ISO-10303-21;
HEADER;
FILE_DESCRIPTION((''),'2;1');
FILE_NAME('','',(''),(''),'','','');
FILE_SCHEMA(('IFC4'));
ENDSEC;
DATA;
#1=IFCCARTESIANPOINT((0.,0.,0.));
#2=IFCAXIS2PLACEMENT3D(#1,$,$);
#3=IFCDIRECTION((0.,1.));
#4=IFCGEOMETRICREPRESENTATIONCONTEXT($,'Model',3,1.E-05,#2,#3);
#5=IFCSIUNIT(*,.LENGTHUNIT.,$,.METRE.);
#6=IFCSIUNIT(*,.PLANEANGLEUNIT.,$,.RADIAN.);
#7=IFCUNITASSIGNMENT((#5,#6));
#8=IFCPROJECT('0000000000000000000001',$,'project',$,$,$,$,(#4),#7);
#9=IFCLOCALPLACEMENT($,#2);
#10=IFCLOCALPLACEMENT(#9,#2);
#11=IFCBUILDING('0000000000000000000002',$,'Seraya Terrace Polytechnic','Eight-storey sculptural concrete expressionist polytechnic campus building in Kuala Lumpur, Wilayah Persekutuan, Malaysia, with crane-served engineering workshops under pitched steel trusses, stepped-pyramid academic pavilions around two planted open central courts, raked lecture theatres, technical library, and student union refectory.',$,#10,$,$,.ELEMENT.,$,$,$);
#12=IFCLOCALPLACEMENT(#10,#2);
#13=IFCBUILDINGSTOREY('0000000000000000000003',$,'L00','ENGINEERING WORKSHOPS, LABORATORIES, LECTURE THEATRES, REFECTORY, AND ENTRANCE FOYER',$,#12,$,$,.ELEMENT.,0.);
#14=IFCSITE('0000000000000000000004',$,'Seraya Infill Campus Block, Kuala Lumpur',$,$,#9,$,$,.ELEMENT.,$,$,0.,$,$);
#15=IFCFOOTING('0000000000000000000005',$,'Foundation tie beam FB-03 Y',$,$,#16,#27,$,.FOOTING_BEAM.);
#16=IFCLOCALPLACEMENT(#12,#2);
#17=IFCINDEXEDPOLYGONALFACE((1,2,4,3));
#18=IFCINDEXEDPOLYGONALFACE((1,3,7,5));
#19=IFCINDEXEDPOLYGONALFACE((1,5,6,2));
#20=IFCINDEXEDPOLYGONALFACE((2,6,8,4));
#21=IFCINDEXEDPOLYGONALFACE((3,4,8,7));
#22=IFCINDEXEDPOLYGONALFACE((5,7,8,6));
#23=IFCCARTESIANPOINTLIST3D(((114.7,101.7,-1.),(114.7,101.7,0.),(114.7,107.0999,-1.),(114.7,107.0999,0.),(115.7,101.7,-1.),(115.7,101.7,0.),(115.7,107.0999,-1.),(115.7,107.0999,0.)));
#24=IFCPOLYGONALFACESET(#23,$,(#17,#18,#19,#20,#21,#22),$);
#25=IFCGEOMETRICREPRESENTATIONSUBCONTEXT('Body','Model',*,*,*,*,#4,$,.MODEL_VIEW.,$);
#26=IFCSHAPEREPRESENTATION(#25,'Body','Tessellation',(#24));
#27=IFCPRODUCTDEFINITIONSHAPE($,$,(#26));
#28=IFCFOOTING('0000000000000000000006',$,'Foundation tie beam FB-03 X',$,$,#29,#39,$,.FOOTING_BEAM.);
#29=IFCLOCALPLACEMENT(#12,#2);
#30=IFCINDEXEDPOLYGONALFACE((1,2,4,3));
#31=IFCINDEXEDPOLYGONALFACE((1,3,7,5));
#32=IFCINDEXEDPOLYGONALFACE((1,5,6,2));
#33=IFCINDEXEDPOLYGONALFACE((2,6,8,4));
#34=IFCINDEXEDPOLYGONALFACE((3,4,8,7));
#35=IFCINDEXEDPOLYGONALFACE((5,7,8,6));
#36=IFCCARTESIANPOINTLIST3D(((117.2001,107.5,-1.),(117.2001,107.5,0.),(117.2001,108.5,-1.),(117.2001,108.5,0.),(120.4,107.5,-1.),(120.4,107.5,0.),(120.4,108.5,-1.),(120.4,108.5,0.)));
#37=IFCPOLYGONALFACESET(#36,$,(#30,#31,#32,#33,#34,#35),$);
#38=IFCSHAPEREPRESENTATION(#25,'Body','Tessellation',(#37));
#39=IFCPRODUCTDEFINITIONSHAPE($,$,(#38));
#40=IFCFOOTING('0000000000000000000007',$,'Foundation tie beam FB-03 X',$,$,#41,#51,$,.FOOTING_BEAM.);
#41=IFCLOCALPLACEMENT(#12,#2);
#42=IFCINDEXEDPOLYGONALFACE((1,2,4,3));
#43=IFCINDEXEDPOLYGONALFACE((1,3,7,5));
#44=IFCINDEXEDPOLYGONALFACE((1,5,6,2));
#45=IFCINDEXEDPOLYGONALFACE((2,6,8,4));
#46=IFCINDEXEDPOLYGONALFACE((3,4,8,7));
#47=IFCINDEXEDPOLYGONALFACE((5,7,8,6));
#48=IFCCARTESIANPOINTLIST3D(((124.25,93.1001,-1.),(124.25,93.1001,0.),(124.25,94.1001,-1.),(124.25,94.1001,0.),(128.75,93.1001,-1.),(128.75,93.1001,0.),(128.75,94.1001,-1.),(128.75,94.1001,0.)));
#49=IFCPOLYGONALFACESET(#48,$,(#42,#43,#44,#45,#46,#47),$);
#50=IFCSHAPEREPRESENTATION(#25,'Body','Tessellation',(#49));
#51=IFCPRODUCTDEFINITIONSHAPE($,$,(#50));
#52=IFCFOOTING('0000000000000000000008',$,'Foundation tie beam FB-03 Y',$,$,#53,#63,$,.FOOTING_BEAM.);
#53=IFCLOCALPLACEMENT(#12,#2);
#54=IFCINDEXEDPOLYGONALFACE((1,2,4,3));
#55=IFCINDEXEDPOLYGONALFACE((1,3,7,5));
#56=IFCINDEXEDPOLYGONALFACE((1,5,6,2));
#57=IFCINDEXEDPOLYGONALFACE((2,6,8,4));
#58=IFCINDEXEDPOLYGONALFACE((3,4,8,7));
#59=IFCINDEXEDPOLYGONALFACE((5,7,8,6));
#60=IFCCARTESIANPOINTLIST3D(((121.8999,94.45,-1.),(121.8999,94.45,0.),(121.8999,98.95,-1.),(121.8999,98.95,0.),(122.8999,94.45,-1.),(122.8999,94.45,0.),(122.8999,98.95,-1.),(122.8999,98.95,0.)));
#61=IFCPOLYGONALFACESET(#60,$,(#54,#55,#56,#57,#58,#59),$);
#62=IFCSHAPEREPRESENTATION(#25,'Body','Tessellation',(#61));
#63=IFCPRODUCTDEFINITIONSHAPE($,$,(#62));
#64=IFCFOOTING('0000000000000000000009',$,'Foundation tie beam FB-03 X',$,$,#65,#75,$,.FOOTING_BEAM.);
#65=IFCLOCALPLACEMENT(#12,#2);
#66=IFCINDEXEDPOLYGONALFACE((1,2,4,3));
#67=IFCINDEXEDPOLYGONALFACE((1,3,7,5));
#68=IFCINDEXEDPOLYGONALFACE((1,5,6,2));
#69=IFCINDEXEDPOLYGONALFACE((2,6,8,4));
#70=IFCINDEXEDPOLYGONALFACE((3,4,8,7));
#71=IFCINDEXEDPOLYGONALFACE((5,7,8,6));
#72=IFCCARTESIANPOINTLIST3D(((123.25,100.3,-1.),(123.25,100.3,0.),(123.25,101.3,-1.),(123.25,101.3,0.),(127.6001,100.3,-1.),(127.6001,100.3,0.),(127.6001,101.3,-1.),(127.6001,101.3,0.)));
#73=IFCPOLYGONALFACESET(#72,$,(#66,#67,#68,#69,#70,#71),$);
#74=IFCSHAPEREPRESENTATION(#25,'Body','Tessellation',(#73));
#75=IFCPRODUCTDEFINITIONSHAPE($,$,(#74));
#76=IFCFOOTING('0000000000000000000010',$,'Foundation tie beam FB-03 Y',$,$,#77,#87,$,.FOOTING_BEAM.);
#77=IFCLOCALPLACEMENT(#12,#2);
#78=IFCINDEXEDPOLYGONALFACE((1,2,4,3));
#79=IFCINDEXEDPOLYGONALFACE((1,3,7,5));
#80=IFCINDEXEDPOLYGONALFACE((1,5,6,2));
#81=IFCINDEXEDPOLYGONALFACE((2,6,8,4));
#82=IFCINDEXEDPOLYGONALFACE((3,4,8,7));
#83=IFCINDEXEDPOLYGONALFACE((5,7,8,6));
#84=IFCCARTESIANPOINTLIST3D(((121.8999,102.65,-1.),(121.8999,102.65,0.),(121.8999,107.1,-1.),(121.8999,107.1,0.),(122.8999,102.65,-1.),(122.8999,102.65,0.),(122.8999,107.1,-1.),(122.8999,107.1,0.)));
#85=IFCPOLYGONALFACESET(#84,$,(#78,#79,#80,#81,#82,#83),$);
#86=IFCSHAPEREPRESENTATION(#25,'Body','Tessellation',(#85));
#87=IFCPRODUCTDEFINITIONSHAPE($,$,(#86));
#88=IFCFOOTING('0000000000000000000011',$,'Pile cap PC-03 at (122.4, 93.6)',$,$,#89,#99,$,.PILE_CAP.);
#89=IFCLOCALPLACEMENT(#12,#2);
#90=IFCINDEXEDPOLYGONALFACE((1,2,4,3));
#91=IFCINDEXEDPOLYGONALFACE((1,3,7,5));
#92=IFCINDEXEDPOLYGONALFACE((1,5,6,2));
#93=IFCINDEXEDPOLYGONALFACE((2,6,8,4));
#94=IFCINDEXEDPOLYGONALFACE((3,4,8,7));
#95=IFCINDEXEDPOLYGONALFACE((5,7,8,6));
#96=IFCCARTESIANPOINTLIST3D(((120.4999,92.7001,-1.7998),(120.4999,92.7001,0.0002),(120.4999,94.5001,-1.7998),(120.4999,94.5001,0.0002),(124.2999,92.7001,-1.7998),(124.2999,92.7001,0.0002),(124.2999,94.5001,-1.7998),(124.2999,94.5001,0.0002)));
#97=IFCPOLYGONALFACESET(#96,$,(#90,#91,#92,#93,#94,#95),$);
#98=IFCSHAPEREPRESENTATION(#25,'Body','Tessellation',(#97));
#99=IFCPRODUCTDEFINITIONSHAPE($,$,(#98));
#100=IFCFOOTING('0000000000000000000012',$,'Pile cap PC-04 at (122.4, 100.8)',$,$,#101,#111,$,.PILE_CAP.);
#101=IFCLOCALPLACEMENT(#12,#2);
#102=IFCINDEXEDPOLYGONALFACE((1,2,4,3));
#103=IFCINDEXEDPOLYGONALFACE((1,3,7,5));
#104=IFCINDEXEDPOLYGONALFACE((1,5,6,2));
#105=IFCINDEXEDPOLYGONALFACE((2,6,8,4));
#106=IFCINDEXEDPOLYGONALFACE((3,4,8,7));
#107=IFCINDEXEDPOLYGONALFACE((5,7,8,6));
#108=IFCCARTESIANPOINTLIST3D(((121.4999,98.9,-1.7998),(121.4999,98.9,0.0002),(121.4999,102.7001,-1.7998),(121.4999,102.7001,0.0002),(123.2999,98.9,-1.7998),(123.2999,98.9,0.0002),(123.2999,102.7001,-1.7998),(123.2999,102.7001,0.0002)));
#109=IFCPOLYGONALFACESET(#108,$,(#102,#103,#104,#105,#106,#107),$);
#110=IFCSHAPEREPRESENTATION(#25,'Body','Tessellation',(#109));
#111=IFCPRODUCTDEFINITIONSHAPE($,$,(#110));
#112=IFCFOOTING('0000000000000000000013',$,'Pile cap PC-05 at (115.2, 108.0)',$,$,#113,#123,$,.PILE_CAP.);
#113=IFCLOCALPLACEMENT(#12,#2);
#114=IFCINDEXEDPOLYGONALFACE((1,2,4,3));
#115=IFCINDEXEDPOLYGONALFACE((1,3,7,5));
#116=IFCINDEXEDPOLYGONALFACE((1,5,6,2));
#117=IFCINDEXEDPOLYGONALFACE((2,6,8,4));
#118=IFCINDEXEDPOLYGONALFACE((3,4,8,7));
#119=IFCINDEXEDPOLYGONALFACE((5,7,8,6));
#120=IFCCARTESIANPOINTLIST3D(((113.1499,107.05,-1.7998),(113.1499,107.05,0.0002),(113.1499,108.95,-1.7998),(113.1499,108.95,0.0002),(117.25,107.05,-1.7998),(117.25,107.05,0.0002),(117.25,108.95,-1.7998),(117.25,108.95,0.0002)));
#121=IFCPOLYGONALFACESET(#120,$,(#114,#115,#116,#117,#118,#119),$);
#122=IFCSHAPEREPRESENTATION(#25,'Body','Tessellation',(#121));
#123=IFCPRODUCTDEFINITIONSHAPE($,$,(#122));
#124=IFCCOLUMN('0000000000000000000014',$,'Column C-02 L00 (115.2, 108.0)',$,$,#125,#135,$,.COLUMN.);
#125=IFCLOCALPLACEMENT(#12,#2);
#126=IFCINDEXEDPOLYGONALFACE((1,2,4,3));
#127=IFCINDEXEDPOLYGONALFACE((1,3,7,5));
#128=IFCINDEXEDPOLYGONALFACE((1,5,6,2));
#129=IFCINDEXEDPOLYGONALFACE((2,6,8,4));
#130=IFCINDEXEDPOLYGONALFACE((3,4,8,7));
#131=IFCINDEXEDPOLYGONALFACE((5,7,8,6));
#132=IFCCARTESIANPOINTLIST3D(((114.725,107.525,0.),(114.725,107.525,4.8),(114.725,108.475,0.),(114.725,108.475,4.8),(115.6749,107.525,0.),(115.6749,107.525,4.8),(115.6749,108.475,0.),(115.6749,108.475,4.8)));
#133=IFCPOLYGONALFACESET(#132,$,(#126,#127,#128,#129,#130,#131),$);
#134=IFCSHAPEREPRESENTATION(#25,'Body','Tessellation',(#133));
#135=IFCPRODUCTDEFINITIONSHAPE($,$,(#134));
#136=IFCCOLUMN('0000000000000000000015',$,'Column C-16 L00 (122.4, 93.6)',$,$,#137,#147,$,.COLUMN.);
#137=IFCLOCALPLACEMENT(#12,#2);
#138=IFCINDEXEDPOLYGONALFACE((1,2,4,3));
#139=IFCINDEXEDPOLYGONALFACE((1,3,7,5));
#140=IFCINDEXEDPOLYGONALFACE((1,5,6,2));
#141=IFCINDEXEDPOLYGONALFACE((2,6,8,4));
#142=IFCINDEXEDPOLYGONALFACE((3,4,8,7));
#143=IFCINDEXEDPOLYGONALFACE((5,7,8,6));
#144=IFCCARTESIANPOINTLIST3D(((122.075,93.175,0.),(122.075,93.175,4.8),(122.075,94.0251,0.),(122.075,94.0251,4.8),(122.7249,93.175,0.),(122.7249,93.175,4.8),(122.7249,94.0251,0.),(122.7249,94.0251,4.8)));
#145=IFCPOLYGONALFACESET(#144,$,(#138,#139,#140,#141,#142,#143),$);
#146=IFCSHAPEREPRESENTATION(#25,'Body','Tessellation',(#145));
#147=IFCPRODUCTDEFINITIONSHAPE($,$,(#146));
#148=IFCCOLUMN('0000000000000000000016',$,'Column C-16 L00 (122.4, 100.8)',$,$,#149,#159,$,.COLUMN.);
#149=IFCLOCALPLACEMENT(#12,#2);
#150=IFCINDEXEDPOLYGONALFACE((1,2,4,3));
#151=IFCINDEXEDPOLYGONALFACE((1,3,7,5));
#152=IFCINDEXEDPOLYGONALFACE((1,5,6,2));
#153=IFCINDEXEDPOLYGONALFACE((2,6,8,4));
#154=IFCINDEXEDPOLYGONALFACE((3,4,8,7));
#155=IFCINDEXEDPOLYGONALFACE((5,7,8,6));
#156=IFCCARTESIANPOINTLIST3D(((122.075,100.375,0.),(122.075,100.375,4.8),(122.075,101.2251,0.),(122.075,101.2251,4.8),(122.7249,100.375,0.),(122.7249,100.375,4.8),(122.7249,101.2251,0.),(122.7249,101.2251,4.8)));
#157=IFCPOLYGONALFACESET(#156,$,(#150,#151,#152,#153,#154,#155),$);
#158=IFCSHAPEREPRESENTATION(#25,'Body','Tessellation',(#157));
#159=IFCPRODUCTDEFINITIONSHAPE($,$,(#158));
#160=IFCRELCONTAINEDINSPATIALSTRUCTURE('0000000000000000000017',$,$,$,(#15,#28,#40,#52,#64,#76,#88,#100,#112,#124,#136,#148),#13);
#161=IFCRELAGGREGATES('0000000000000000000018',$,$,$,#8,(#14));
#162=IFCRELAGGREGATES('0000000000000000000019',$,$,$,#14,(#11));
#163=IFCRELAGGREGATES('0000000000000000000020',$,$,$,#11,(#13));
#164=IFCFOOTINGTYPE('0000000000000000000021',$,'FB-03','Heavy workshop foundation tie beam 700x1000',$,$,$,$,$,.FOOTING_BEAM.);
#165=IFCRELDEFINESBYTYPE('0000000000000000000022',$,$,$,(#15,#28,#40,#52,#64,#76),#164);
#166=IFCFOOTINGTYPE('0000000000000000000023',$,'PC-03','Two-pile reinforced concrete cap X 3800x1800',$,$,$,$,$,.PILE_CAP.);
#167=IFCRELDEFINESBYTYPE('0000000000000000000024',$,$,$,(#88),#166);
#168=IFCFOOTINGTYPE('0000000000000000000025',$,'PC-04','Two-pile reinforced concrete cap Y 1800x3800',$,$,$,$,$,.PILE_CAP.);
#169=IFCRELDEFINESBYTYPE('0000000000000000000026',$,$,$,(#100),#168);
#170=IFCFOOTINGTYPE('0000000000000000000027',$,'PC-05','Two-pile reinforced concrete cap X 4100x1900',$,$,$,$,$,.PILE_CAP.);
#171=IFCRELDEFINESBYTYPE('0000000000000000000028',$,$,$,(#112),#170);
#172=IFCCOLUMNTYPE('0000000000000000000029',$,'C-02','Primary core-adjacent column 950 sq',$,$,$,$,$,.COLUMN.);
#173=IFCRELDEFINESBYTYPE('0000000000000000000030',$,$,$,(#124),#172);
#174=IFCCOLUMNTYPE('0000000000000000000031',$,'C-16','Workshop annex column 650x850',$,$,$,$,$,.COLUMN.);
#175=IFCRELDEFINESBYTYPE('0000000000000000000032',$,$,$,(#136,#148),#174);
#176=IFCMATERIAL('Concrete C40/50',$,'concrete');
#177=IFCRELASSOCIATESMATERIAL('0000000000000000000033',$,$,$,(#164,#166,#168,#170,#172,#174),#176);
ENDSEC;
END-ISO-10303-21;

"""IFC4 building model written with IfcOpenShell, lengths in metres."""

from ifc_helpers import new_model, si_unit, direction, frame, origin, origin_2d, place, context, subcontext, project, spatial, rectangle, extrude, material, material_profile, profile_set, type_object, element, save


model = new_model("IFC4")

# Units and contexts
model_context = context("Model", 3, precision=1e-05, world=origin(), true_north=direction((0.0, 1.0)))
body_context = subcontext(model_context, "Body", "Model", "MODEL_VIEW")
ifc_project = project(units=[si_unit("LENGTHUNIT", "METRE"), si_unit("PLANEANGLEUNIT", "RADIAN")], contexts=[model_context])

# Site, building, storey
site_placement = place(None, origin())
site = spatial("IfcSite", under=ifc_project, at=site_placement, Name="Seraya Infill Campus Block, Kuala Lumpur", CompositionType="ELEMENT", RefElevation=0.0)
building_placement = place(site_placement, origin())
building = spatial("IfcBuilding", under=site, at=building_placement, Name="Seraya Terrace Polytechnic", Description="Eight-storey sculptural concrete expressionist polytechnic campus building in Kuala Lumpur, Wilayah Persekutuan, Malaysia, with crane-served engineering workshops under pitched steel trusses, stepped-pyramid academic pavilions around two planted open central courts, raked lecture theatres, technical library, and student union refectory.", CompositionType="ELEMENT")
storey_placement = place(building_placement, origin())
storey = spatial("IfcBuildingStorey", under=building, at=storey_placement, Name="L00", Description="ENGINEERING WORKSHOPS, LABORATORIES, LECTURE THEATRES, REFECTORY, AND ENTRANCE FOYER", CompositionType="ELEMENT", Elevation=0.0)

# Shared definitions
ifc_material = material(Name="Concrete C40/50", Category="concrete")

# Footings
footing_type_1 = type_object("IfcFootingType", Name="FB-03", Description="Heavy workshop foundation tie beam 700x1000", PredefinedType="FOOTING_BEAM", material=ifc_material)
footing_1_placement = place(storey_placement, frame((115.2, 104.3999, -1.0), z_axis=(0.0, 0.0, 1.0), x_axis=(0.0, 1.0, 0.0)))
element("IfcFooting", 1, at=footing_1_placement, inside=storey, type_object=footing_type_1, Name="Foundation tie beam FB-03 Y", PredefinedType="FOOTING_BEAM", context=body_context, shape_type="SweptSolid", body=[
    extrude(rectangle(XDim=5.3999, YDim=1.0, at=origin_2d()), origin(), (0.0, 0.0, 1.0), 1.0),
])
footing_2_placement = place(storey_placement, frame((118.8, 108.0, -1.0), z_axis=(0.0, 0.0, 1.0), x_axis=(1.0, 0.0, 0.0)))
element("IfcFooting", 2, at=footing_2_placement, inside=storey, type_object=footing_type_1, Name="Foundation tie beam FB-03 X", PredefinedType="FOOTING_BEAM", context=body_context, shape_type="SweptSolid", body=[
    extrude(rectangle(XDim=3.2, YDim=1.0, at=origin_2d()), origin(), (0.0, 0.0, 1.0), 1.0),
])
for number, where, z_axis, x_axis, name in (
    (3, (126.5, 93.6001, -1.0), (0.0, 0.0, 1.0), (1.0, 0.0, 0.0), "Foundation tie beam FB-03 X"),
    (4, (122.3999, 96.7, -1.0), (0.0, 0.0, 1.0), (0.0, 1.0, 0.0), "Foundation tie beam FB-03 Y"),
):
    element("IfcFooting", number, at=place(storey_placement, frame(where, z_axis=z_axis, x_axis=x_axis)), inside=storey, type_object=footing_type_1, Name=name, PredefinedType="FOOTING_BEAM", context=body_context, shape_type="SweptSolid", body=[
        extrude(rectangle(XDim=4.5, YDim=1.0, at=origin_2d()), origin(), (0.0, 0.0, 1.0), 1.0),
    ])
footing_3_placement = place(storey_placement, frame((125.425, 100.8, -1.0), z_axis=(0.0, 0.0, 1.0), x_axis=(1.0, 0.0, 0.0)))
element("IfcFooting", 5, at=footing_3_placement, inside=storey, type_object=footing_type_1, Name="Foundation tie beam FB-03 X", PredefinedType="FOOTING_BEAM", context=body_context, shape_type="SweptSolid", body=[
    extrude(rectangle(XDim=4.3501, YDim=1.0, at=origin_2d()), origin(), (0.0, 0.0, 1.0), 1.0),
])
footing_4_placement = place(storey_placement, frame((122.3999, 104.875, -1.0), z_axis=(0.0, 0.0, 1.0), x_axis=(0.0, 1.0, 0.0)))
element("IfcFooting", 6, at=footing_4_placement, inside=storey, type_object=footing_type_1, Name="Foundation tie beam FB-03 Y", PredefinedType="FOOTING_BEAM", context=body_context, shape_type="SweptSolid", body=[
    extrude(rectangle(XDim=4.45, YDim=1.0, at=origin_2d()), origin(), (0.0, 0.0, 1.0), 1.0),
])
footing_type_2 = type_object("IfcFootingType", Name="PC-03", Description="Two-pile reinforced concrete cap X 3800x1800", PredefinedType="PILE_CAP", material=ifc_material)
footing_5_placement = place(storey_placement, frame((122.3999, 93.6001, -1.7998), z_axis=(0.0, 0.0, 1.0), x_axis=(1.0, 0.0, 0.0)))
element("IfcFooting", 7, at=footing_5_placement, inside=storey, type_object=footing_type_2, Name="Pile cap PC-03 at (122.4, 93.6)", PredefinedType="PILE_CAP", context=body_context, shape_type="SweptSolid", body=[
    extrude(rectangle(XDim=3.8, YDim=1.8, at=origin_2d()), origin(), (0.0, 0.0, 1.0), 1.8),
])
footing_type_3 = type_object("IfcFootingType", Name="PC-04", Description="Two-pile reinforced concrete cap Y 1800x3800", PredefinedType="PILE_CAP", material=ifc_material)
footing_6_placement = place(storey_placement, frame((122.3999, 100.8, -1.7998), z_axis=(0.0, 0.0, 1.0), x_axis=(1.0, 0.0, 0.0)))
element("IfcFooting", 8, at=footing_6_placement, inside=storey, type_object=footing_type_3, Name="Pile cap PC-04 at (122.4, 100.8)", PredefinedType="PILE_CAP", context=body_context, shape_type="SweptSolid", body=[
    extrude(rectangle(XDim=1.8, YDim=3.8, at=origin_2d()), origin(), (0.0, 0.0, 1.0), 1.8),
])
footing_type_4 = type_object("IfcFootingType", Name="PC-05", Description="Two-pile reinforced concrete cap X 4100x1900", PredefinedType="PILE_CAP", material=ifc_material)
footing_7_placement = place(storey_placement, frame((115.2, 108.0, -1.7998), z_axis=(0.0, 0.0, 1.0), x_axis=(1.0, 0.0, 0.0)))
element("IfcFooting", 9, at=footing_7_placement, inside=storey, type_object=footing_type_4, Name="Pile cap PC-05 at (115.2, 108.0)", PredefinedType="PILE_CAP", context=body_context, shape_type="SweptSolid", body=[
    extrude(rectangle(XDim=4.1001, YDim=1.8999, at=origin_2d()), origin(), (0.0, 0.0, 1.0), 1.8),
])

# Columns
ifc_material_profile_1 = material_profile(ifc_material, rectangle(XDim=0.95, YDim=0.95, at=origin_2d()), Name="RC 950x950")
ifc_profile_set_1 = profile_set([ifc_material_profile_1], Name="Concrete C40/50")
column_type_1 = type_object("IfcColumnType", Name="C-02", Description="Primary core-adjacent column 950 sq", PredefinedType="COLUMN", material=ifc_profile_set_1)
column_placement = place(storey_placement, frame((115.2, 108.0, 0.0), z_axis=(0.0, 0.0, 1.0), x_axis=(1.0, 0.0, 0.0)))
element("IfcColumn", 10, at=column_placement, inside=storey, type_object=column_type_1, Name="Column C-02 L00 (115.2, 108.0)", PredefinedType="COLUMN", context=body_context, shape_type="SweptSolid", body=[
    extrude(rectangle(XDim=0.95, YDim=0.95, at=origin_2d()), origin(), (0.0, 0.0, 1.0), 4.8),
])
ifc_material_profile_2 = material_profile(ifc_material, rectangle(XDim=0.6499, YDim=0.8501, at=origin_2d()), Name="RC 650x850")
ifc_profile_set_2 = profile_set([ifc_material_profile_2], Name="Concrete C40/50")
column_type_2 = type_object("IfcColumnType", Name="C-16", Description="Workshop annex column 650x850", PredefinedType="COLUMN", material=ifc_profile_set_2)
for number, where, z_axis, x_axis, name in (
    (11, (122.3999, 93.6001, 0.0), (0.0, 0.0, 1.0), (1.0, 0.0, 0.0), "Column C-16 L00 (122.4, 93.6)"),
    (12, (122.3999, 100.8, 0.0), (0.0, 0.0, 1.0), (1.0, 0.0, 0.0), "Column C-16 L00 (122.4, 100.8)"),
):
    element("IfcColumn", number, at=place(storey_placement, frame(where, z_axis=z_axis, x_axis=x_axis)), inside=storey, type_object=column_type_2, Name=name, PredefinedType="COLUMN", context=body_context, shape_type="SweptSolid", body=[
        extrude(rectangle(XDim=0.6499, YDim=0.8501, at=origin_2d()), origin(), (0.0, 0.0, 1.0), 4.8),
    ])

save(model, "model.ifc")
